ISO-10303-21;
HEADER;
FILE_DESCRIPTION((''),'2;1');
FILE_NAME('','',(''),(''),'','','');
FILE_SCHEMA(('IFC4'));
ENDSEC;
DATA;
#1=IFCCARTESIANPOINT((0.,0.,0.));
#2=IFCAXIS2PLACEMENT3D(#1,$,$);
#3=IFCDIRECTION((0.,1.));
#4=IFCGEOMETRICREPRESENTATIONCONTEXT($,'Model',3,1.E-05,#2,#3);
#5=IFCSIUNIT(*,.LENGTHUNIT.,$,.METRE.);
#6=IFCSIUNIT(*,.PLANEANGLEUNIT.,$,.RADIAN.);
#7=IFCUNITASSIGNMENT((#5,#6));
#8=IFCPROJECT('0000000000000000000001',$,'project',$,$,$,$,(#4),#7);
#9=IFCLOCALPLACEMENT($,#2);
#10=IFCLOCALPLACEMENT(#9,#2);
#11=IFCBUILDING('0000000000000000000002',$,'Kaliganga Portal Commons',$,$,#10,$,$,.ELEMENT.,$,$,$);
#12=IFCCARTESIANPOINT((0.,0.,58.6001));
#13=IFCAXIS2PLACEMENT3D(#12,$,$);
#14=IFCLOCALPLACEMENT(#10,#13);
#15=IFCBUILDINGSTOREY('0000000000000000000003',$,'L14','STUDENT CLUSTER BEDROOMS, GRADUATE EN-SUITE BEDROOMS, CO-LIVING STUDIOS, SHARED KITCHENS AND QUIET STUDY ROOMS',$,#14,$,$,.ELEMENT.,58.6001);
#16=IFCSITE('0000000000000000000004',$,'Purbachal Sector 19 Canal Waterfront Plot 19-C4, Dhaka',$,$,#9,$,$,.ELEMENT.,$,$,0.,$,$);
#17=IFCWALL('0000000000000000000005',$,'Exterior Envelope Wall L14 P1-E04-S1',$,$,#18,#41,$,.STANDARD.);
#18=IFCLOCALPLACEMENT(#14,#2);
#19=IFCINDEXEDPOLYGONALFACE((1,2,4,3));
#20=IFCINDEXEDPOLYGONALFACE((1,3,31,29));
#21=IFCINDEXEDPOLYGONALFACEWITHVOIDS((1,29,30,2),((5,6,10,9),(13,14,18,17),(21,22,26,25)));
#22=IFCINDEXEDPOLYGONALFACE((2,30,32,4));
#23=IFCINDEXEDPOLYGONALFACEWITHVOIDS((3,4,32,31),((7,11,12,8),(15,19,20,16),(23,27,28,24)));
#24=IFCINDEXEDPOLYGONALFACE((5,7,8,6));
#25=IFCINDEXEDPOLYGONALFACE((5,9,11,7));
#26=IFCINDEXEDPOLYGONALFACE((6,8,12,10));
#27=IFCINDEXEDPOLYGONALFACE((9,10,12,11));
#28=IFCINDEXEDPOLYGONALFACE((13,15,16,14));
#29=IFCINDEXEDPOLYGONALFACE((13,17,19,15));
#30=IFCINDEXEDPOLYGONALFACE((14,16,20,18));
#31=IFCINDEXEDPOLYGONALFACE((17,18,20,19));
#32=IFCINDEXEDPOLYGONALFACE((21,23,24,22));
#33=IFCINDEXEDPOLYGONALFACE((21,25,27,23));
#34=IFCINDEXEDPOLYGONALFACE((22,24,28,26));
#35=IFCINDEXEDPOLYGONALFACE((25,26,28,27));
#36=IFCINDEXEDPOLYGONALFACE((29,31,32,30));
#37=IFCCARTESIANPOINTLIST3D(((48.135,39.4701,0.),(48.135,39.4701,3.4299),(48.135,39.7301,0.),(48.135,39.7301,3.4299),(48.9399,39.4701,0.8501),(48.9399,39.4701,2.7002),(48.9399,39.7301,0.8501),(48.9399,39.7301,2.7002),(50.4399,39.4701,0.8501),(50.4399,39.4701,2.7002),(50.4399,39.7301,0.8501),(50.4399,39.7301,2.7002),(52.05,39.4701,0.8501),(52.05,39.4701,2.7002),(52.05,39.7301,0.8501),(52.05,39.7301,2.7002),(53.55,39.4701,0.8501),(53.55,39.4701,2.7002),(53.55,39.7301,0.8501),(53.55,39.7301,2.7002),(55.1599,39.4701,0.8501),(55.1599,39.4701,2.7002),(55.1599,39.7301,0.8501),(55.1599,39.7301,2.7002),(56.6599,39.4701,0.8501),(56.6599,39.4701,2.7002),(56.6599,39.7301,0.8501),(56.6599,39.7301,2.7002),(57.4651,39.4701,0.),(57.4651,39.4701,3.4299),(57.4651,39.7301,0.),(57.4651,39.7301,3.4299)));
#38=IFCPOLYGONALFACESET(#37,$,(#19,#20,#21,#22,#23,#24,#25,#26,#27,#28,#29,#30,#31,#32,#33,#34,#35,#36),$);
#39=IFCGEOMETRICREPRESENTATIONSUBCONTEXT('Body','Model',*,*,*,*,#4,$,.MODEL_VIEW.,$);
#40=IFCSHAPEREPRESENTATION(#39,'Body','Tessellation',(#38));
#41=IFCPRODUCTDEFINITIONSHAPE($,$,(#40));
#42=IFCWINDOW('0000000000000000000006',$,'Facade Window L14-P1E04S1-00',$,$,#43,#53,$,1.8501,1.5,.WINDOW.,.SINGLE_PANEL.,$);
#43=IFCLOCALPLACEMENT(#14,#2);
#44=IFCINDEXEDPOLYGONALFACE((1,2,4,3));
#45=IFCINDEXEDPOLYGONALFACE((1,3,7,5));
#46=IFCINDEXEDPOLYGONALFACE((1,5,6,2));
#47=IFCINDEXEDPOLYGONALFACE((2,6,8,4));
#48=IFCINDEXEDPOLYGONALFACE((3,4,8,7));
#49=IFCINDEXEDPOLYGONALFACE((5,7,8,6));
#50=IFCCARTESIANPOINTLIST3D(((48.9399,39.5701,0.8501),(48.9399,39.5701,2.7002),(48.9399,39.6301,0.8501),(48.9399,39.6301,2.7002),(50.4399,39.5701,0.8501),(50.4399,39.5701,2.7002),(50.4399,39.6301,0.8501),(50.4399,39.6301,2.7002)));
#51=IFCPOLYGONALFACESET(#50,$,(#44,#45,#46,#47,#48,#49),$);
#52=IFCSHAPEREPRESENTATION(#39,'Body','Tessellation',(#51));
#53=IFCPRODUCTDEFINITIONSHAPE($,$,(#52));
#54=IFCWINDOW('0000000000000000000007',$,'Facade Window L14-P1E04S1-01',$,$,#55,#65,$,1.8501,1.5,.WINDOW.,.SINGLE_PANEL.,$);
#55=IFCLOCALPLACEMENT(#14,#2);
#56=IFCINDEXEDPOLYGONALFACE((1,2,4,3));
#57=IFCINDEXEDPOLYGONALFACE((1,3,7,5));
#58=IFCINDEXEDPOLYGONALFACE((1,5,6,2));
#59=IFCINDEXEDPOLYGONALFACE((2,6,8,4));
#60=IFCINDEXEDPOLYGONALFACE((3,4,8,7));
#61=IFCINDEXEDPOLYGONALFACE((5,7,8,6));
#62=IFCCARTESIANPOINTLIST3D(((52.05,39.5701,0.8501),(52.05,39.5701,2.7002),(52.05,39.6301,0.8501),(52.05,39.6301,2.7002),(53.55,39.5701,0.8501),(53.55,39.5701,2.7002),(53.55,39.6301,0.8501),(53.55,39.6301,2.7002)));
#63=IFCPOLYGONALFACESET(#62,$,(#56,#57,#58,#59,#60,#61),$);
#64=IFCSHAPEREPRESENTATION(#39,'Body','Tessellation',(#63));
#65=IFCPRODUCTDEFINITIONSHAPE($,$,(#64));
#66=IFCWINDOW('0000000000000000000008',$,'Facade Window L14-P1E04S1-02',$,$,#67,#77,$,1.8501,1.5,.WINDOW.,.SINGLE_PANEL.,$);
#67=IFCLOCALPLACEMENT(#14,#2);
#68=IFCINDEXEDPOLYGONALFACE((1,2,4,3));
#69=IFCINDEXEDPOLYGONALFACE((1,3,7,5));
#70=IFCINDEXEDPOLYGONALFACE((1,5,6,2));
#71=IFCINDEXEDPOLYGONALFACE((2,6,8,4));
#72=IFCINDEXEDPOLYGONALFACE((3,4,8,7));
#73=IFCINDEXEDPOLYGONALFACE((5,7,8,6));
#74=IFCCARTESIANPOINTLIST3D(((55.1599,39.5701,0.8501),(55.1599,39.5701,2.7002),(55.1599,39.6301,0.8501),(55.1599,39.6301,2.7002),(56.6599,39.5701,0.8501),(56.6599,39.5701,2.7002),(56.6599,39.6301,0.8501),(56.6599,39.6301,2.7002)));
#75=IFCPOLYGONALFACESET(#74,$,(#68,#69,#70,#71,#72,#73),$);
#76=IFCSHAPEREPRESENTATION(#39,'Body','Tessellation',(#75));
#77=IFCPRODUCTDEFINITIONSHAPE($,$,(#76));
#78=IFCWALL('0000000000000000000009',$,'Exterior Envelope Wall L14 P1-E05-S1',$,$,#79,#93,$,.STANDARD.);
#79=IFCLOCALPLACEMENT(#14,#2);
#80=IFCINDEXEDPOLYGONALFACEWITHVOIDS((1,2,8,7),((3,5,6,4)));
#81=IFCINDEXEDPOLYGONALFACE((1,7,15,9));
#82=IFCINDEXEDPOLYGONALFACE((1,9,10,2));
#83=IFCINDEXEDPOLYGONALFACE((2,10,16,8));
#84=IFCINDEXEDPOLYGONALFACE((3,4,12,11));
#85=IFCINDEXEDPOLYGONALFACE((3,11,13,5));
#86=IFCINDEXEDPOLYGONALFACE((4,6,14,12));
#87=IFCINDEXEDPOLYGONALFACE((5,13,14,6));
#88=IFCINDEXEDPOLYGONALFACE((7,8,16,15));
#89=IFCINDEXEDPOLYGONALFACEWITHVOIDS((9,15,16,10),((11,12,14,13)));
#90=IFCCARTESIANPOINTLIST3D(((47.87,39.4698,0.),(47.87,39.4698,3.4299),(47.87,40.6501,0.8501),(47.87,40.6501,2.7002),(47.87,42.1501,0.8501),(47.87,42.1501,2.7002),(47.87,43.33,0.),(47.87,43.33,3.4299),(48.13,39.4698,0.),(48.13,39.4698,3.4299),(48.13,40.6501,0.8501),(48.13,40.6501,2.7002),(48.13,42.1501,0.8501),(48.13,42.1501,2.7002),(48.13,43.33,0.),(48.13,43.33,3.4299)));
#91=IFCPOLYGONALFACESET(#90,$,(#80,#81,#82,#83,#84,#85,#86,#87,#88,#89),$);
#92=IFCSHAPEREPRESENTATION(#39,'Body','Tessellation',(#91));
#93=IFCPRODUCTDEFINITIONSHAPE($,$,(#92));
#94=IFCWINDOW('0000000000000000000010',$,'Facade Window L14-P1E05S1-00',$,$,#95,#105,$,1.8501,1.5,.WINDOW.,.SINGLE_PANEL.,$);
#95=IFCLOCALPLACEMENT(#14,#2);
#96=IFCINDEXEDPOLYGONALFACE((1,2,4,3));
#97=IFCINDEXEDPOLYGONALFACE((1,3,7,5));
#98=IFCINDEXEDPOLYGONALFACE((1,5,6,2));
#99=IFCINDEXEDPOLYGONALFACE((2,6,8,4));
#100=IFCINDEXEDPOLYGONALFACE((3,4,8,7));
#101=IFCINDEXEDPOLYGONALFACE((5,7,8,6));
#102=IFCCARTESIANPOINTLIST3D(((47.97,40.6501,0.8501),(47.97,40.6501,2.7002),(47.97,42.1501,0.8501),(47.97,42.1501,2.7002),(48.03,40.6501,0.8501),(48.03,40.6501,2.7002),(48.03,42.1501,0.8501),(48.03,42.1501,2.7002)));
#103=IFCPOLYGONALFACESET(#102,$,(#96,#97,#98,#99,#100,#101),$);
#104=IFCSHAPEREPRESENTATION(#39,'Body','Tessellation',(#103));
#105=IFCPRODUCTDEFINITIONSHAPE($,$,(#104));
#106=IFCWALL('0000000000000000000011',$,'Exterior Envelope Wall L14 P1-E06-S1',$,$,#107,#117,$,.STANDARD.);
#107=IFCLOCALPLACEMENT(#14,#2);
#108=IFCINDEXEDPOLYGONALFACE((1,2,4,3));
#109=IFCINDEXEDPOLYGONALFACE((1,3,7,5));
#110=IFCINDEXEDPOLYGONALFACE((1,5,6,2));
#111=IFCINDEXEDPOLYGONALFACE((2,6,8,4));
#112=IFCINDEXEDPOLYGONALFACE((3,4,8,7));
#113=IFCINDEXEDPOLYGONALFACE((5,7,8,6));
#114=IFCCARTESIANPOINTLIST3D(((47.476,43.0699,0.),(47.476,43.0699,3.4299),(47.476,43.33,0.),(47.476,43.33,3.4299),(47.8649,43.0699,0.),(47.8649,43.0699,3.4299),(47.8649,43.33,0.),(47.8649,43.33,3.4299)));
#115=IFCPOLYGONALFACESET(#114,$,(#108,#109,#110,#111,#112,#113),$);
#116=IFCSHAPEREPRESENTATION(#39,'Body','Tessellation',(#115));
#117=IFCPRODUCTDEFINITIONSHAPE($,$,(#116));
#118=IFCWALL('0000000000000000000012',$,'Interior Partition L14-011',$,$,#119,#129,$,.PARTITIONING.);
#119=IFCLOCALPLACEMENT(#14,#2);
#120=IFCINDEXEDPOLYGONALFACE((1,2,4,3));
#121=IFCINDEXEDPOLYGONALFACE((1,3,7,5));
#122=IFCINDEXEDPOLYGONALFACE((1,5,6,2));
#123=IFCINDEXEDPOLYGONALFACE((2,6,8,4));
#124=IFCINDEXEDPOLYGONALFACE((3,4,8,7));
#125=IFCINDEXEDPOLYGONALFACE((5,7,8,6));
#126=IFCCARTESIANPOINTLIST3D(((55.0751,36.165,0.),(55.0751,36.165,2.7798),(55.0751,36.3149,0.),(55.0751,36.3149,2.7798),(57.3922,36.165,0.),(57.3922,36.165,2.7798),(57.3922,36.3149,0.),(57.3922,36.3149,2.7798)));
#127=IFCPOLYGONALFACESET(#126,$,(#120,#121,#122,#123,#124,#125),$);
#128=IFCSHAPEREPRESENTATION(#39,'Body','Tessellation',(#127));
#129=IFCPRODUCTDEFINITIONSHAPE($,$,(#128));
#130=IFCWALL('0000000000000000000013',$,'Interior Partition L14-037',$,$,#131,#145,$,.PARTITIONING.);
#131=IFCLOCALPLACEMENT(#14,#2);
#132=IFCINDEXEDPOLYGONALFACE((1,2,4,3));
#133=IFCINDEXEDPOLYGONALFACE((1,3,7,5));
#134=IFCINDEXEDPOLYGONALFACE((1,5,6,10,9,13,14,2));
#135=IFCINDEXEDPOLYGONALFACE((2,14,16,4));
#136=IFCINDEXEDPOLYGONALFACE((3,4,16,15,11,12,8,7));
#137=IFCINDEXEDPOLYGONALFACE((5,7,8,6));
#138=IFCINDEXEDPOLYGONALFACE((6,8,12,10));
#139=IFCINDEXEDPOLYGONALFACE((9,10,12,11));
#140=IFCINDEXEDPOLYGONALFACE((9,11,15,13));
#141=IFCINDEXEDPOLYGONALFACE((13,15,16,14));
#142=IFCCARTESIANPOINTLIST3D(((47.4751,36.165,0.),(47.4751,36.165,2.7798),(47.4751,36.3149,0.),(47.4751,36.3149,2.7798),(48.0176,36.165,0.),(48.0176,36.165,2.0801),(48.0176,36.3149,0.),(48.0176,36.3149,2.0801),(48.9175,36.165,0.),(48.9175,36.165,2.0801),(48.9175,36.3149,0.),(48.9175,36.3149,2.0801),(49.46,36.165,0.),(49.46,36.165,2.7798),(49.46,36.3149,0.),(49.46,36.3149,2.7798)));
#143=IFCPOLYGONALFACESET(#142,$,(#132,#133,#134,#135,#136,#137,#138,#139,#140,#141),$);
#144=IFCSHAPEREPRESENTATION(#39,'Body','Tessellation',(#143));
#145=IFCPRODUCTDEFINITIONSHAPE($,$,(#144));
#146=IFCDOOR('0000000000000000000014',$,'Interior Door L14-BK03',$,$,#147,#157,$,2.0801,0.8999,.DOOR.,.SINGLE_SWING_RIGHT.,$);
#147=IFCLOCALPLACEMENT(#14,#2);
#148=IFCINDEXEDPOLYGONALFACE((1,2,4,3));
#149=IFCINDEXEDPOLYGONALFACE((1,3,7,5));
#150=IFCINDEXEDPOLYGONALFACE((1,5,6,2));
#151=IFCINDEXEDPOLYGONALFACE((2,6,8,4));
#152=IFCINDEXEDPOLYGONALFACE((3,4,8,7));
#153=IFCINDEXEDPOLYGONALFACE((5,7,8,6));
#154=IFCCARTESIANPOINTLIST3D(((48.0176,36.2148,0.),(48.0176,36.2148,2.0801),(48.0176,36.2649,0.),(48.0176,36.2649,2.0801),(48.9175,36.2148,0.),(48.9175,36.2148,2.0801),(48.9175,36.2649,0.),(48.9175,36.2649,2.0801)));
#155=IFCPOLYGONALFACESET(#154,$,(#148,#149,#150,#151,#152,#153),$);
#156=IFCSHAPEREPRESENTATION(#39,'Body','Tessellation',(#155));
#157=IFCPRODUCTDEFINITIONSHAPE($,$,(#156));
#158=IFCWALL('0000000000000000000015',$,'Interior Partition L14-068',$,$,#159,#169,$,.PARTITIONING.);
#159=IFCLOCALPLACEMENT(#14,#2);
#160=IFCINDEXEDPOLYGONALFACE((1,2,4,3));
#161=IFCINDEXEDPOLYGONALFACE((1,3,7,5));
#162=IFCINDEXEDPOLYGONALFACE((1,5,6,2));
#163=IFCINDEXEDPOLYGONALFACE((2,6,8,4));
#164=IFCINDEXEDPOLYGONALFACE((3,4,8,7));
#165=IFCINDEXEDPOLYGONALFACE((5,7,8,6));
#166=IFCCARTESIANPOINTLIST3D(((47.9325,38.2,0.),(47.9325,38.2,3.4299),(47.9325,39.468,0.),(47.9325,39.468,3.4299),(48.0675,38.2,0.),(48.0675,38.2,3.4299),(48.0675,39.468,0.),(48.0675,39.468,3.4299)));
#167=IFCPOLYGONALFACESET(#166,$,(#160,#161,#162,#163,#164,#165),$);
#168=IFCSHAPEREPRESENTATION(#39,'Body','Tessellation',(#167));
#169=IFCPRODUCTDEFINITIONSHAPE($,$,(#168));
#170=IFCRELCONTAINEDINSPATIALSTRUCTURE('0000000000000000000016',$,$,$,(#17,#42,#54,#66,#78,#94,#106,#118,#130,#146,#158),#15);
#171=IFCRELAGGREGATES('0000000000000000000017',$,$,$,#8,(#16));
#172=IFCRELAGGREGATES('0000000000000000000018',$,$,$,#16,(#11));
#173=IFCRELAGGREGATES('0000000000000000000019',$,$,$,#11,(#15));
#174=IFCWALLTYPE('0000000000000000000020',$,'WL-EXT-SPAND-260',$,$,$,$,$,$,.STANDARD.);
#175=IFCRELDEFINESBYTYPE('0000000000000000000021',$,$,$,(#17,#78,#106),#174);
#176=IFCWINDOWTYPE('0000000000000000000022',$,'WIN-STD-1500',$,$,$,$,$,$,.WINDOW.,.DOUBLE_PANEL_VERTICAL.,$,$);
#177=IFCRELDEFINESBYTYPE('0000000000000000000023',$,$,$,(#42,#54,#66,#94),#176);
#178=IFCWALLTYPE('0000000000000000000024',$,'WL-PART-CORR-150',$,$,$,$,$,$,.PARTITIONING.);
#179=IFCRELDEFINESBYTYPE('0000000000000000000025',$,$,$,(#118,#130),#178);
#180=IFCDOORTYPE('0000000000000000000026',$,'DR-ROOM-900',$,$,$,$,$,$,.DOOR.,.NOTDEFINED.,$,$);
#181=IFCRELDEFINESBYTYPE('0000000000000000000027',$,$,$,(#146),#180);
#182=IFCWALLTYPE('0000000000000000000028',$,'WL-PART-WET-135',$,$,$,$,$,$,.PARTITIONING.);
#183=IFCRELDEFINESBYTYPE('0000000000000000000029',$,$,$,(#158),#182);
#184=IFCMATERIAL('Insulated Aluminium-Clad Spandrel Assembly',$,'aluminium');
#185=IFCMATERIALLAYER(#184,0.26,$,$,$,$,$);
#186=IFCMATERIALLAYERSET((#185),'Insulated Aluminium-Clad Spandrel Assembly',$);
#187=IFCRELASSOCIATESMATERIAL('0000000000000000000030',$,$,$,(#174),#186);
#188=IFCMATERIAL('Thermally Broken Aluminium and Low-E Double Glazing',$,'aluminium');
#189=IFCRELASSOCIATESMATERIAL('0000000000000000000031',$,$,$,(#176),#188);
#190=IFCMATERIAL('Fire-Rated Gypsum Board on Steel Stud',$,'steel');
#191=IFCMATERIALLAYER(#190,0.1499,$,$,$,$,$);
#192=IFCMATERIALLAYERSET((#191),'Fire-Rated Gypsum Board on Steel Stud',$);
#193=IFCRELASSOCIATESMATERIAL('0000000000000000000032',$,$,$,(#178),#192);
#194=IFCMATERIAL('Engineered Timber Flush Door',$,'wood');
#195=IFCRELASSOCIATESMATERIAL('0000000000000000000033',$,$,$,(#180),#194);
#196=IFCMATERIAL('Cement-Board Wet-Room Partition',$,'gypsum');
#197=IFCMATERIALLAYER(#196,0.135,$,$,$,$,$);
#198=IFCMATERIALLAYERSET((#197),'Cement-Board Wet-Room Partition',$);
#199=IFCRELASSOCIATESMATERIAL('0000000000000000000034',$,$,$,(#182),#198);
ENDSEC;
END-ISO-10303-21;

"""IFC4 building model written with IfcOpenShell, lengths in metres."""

from ifc_helpers import new_model, si_unit, direction, frame, frame_2d, origin, place, context, subcontext, project, spatial, rectangle, extrude, material, layer, layer_set, type_object, element, fill, save


model = new_model("IFC4")

# Units and contexts
model_context = context("Model", 3, precision=1e-05, world=origin(), true_north=direction((0.0, 1.0)))
body_context = subcontext(model_context, "Body", "Model", "MODEL_VIEW")
ifc_project = project(units=[si_unit("LENGTHUNIT", "METRE"), si_unit("PLANEANGLEUNIT", "RADIAN")], contexts=[model_context])

# Site, building, storey
site_placement = place(None, origin())
site = spatial("IfcSite", under=ifc_project, at=site_placement, Name="Purbachal Sector 19 Canal Waterfront Plot 19-C4, Dhaka", CompositionType="ELEMENT", RefElevation=0.0)
building_placement = place(site_placement, origin())
building = spatial("IfcBuilding", under=site, at=building_placement, Name="Kaliganga Portal Commons", CompositionType="ELEMENT")
storey_placement = place(building_placement, frame((0.0, 0.0, 58.6001)))
storey = spatial("IfcBuildingStorey", under=building, at=storey_placement, Name="L14", Description="STUDENT CLUSTER BEDROOMS, GRADUATE EN-SUITE BEDROOMS, CO-LIVING STUDIOS, SHARED KITCHENS AND QUIET STUDY ROOMS", CompositionType="ELEMENT", Elevation=58.6001)

# Wall, openings, windows
ifc_material_1 = material(Name="Insulated Aluminium-Clad Spandrel Assembly", Category="aluminium")
ifc_layer_1 = layer(ifc_material_1, 0.26)
ifc_layer_set_1 = layer_set([ifc_layer_1], Name="Insulated Aluminium-Clad Spandrel Assembly")
wall_type_1 = type_object("IfcWallType", Name="WL-EXT-SPAND-260", PredefinedType="STANDARD", material=ifc_layer_set_1)
ifc_material_2 = material(Name="Thermally Broken Aluminium and Low-E Double Glazing", Category="aluminium")
wall_1_placement = place(storey_placement, frame((48.135, 39.6001, 0.0), z_axis=(0.0, 0.0, 1.0), x_axis=(1.0, 0.0, 0.0)))
wall_1 = element("IfcWall", 1, at=wall_1_placement, inside=storey, type_object=wall_type_1, Name="Exterior Envelope Wall L14 P1-E04-S1", PredefinedType="STANDARD", context=body_context, shape_type="SweptSolid", body=[
    extrude(rectangle(XDim=9.3301, YDim=0.26, at=frame_2d((4.665, 0.0))), origin(), (0.0, 0.0, 1.0), 3.4299),
])
opening_1_placement = place(wall_1_placement, frame((0.8049, 0.0, 0.8501)))
opening_1 = element("IfcOpeningElement", 2, at=opening_1_placement, cuts=wall_1, PredefinedType="OPENING", context=body_context, shape_type="SweptSolid", body=[
    extrude(rectangle(XDim=1.5, YDim=1.8501, at=frame_2d((0.75, 0.925))), frame((0.0, 0.1401, 0.0), z_axis=(0.0, -1.0, 0.0), x_axis=(1.0, 0.0, 0.0)), (0.0, 0.0, 1.0), 0.28),
])
opening_2_placement = place(wall_1_placement, frame((3.915, 0.0, 0.8501)))
opening_2 = element("IfcOpeningElement", 3, at=opening_2_placement, cuts=wall_1, PredefinedType="OPENING", context=body_context, shape_type="SweptSolid", body=[
    extrude(rectangle(XDim=1.5, YDim=1.8501, at=frame_2d((0.75, 0.925))), frame((0.0, 0.1401, 0.0), z_axis=(0.0, -1.0, 0.0), x_axis=(1.0, 0.0, 0.0)), (0.0, 0.0, 1.0), 0.28),
])
opening_3_placement = place(wall_1_placement, frame((7.0249, 0.0, 0.8501)))
opening_3 = element("IfcOpeningElement", 4, at=opening_3_placement, cuts=wall_1, PredefinedType="OPENING", context=body_context, shape_type="SweptSolid", body=[
    extrude(rectangle(XDim=1.5, YDim=1.8501, at=frame_2d((0.75, 0.925))), frame((0.0, 0.1401, 0.0), z_axis=(0.0, -1.0, 0.0), x_axis=(1.0, 0.0, 0.0)), (0.0, 0.0, 1.0), 0.28),
])
window_type_1 = type_object("IfcWindowType", Name="WIN-STD-1500", PartitioningType="DOUBLE_PANEL_VERTICAL", PredefinedType="WINDOW", material=ifc_material_2)
window_1_placement = place(opening_1_placement, origin())
window_1 = element("IfcWindow", 5, at=window_1_placement, inside=storey, type_object=window_type_1, Name="Facade Window L14-P1E04S1-00", OverallHeight=1.8501, OverallWidth=1.5, PartitioningType="SINGLE_PANEL", PredefinedType="WINDOW", context=body_context, shape_type="SweptSolid", body=[
    extrude(rectangle(XDim=1.5, YDim=1.8501, at=frame_2d((0.75, 0.925))), frame((0.0, 0.03, 0.0), z_axis=(0.0, -1.0, 0.0), x_axis=(1.0, 0.0, 0.0)), (0.0, 0.0, 1.0), 0.0601),
])
fill(opening_1, window_1)
window_2_placement = place(opening_2_placement, origin())
window_2 = element("IfcWindow", 6, at=window_2_placement, inside=storey, type_object=window_type_1, Name="Facade Window L14-P1E04S1-01", OverallHeight=1.8501, OverallWidth=1.5, PartitioningType="SINGLE_PANEL", PredefinedType="WINDOW", context=body_context, shape_type="SweptSolid", body=[
    extrude(rectangle(XDim=1.5, YDim=1.8501, at=frame_2d((0.75, 0.925))), frame((0.0, 0.03, 0.0), z_axis=(0.0, -1.0, 0.0), x_axis=(1.0, 0.0, 0.0)), (0.0, 0.0, 1.0), 0.0601),
])
fill(opening_2, window_2)
window_3_placement = place(opening_3_placement, origin())
window_3 = element("IfcWindow", 7, at=window_3_placement, inside=storey, type_object=window_type_1, Name="Facade Window L14-P1E04S1-02", OverallHeight=1.8501, OverallWidth=1.5, PartitioningType="SINGLE_PANEL", PredefinedType="WINDOW", context=body_context, shape_type="SweptSolid", body=[
    extrude(rectangle(XDim=1.5, YDim=1.8501, at=frame_2d((0.75, 0.925))), frame((0.0, 0.03, 0.0), z_axis=(0.0, -1.0, 0.0), x_axis=(1.0, 0.0, 0.0)), (0.0, 0.0, 1.0), 0.0601),
])
fill(opening_3, window_3)

# Wall, opening, window
wall_2_placement = place(storey_placement, frame((48.0, 43.3301, 0.0), z_axis=(0.0, 0.0, 1.0), x_axis=(0.0, -1.0, 0.0)))
wall_2 = element("IfcWall", 8, at=wall_2_placement, inside=storey, type_object=wall_type_1, Name="Exterior Envelope Wall L14 P1-E05-S1", PredefinedType="STANDARD", context=body_context, shape_type="SweptSolid", body=[
    extrude(rectangle(XDim=3.8601, YDim=0.26, at=frame_2d((1.9302, 0.0))), origin(), (0.0, 0.0, 1.0), 3.4299),
])
opening_4_placement = place(wall_2_placement, frame((1.1799, 0.0, 0.8501)))
opening_4 = element("IfcOpeningElement", 9, at=opening_4_placement, cuts=wall_2, PredefinedType="OPENING", context=body_context, shape_type="SweptSolid", body=[
    extrude(rectangle(XDim=1.5, YDim=1.8501, at=frame_2d((0.75, 0.925))), frame((0.0, 0.1401, 0.0), z_axis=(0.0, -1.0, 0.0), x_axis=(1.0, 0.0, 0.0)), (0.0, 0.0, 1.0), 0.28),
])
window_4_placement = place(opening_4_placement, origin())
window_4 = element("IfcWindow", 10, at=window_4_placement, inside=storey, type_object=window_type_1, Name="Facade Window L14-P1E05S1-00", OverallHeight=1.8501, OverallWidth=1.5, PartitioningType="SINGLE_PANEL", PredefinedType="WINDOW", context=body_context, shape_type="SweptSolid", body=[
    extrude(rectangle(XDim=1.5, YDim=1.8501, at=frame_2d((0.75, 0.925))), frame((0.0, 0.03, 0.0), z_axis=(0.0, -1.0, 0.0), x_axis=(1.0, 0.0, 0.0)), (0.0, 0.0, 1.0), 0.0601),
])
fill(opening_4, window_4)

# Wall
wall_3_placement = place(storey_placement, frame((47.4761, 43.2, 0.0), z_axis=(0.0, 0.0, 1.0), x_axis=(1.0, 0.0, 0.0)))
element("IfcWall", 11, at=wall_3_placement, inside=storey, type_object=wall_type_1, Name="Exterior Envelope Wall L14 P1-E06-S1", PredefinedType="STANDARD", context=body_context, shape_type="SweptSolid", body=[
    extrude(rectangle(XDim=0.3889, YDim=0.26, at=frame_2d((0.1943, 0.0))), origin(), (0.0, 0.0, 1.0), 3.4299),
])

# Shared definitions
ifc_material_3 = material(Name="Fire-Rated Gypsum Board on Steel Stud", Category="steel")
ifc_layer_2 = layer(ifc_material_3, 0.1499)
ifc_layer_set_2 = layer_set([ifc_layer_2], Name="Fire-Rated Gypsum Board on Steel Stud")
wall_type_2 = type_object("IfcWallType", Name="WL-PART-CORR-150", PredefinedType="PARTITIONING", material=ifc_layer_set_2)

# Wall
wall_4_placement = place(storey_placement, frame((55.075, 36.24, 0.0), z_axis=(0.0, 0.0, 1.0), x_axis=(1.0, 0.0, 0.0)))
element("IfcWall", 12, at=wall_4_placement, inside=storey, type_object=wall_type_2, Name="Interior Partition L14-011", PredefinedType="PARTITIONING", context=body_context, shape_type="SweptSolid", body=[
    extrude(rectangle(XDim=2.3171, YDim=0.1499, at=frame_2d((1.1587, 0.0))), origin(), (0.0, 0.0, 1.0), 2.7798),
])

# Wall, opening, door
wall_5_placement = place(storey_placement, frame((47.4751, 36.24, 0.0), z_axis=(0.0, 0.0, 1.0), x_axis=(1.0, 0.0, 0.0)))
wall_5 = element("IfcWall", 13, at=wall_5_placement, inside=storey, type_object=wall_type_2, Name="Interior Partition L14-037", PredefinedType="PARTITIONING", context=body_context, shape_type="SweptSolid", body=[
    extrude(rectangle(XDim=1.9849, YDim=0.1499, at=frame_2d((0.9924, 0.0))), origin(), (0.0, 0.0, 1.0), 2.7798),
])
opening_5_placement = place(wall_5_placement, frame((0.5425, 0.0, 0.0)))
opening_5 = element("IfcOpeningElement", 14, at=opening_5_placement, cuts=wall_5, PredefinedType="OPENING", context=body_context, shape_type="SweptSolid", body=[
    extrude(rectangle(XDim=0.8999, YDim=2.0801, at=frame_2d((0.45, 1.04))), frame((0.0, 0.085, 0.0), z_axis=(0.0, -1.0, 0.0), x_axis=(1.0, 0.0, 0.0)), (0.0, 0.0, 1.0), 0.1699),
])
ifc_material_4 = material(Name="Engineered Timber Flush Door", Category="wood")
door_type_1 = type_object("IfcDoorType", Name="DR-ROOM-900", OperationType="NOTDEFINED", PredefinedType="DOOR", material=ifc_material_4)
door_1_placement = place(opening_5_placement, origin())
door_1 = element("IfcDoor", 15, at=door_1_placement, inside=storey, type_object=door_type_1, Name="Interior Door L14-BK03", OperationType="SINGLE_SWING_RIGHT", OverallHeight=2.0801, OverallWidth=0.8999, PredefinedType="DOOR", context=body_context, shape_type="SweptSolid", body=[
    extrude(rectangle(XDim=0.8999, YDim=2.0801, at=frame_2d((0.45, 1.04))), frame((0.0, 0.0249, 0.0), z_axis=(0.0, -1.0, 0.0), x_axis=(1.0, 0.0, 0.0)), (0.0, 0.0, 1.0), 0.05),
])
fill(opening_5, door_1)

# Wall
ifc_material_5 = material(Name="Cement-Board Wet-Room Partition", Category="gypsum")
ifc_layer_3 = layer(ifc_material_5, 0.135)
ifc_layer_set_3 = layer_set([ifc_layer_3], Name="Cement-Board Wet-Room Partition")
wall_type_3 = type_object("IfcWallType", Name="WL-PART-WET-135", PredefinedType="PARTITIONING", material=ifc_layer_set_3)
wall_6_placement = place(storey_placement, frame((48.0, 38.2, 0.0), z_axis=(0.0, 0.0, 1.0), x_axis=(0.0, 1.0, 0.0)))
element("IfcWall", 16, at=wall_6_placement, inside=storey, type_object=wall_type_3, Name="Interior Partition L14-068", PredefinedType="PARTITIONING", context=body_context, shape_type="SweptSolid", body=[
    extrude(rectangle(XDim=1.2681, YDim=0.135, at=frame_2d((0.634, 0.0))), origin(), (0.0, 0.0, 1.0), 3.4299),
])

save(model, "model.ifc")
